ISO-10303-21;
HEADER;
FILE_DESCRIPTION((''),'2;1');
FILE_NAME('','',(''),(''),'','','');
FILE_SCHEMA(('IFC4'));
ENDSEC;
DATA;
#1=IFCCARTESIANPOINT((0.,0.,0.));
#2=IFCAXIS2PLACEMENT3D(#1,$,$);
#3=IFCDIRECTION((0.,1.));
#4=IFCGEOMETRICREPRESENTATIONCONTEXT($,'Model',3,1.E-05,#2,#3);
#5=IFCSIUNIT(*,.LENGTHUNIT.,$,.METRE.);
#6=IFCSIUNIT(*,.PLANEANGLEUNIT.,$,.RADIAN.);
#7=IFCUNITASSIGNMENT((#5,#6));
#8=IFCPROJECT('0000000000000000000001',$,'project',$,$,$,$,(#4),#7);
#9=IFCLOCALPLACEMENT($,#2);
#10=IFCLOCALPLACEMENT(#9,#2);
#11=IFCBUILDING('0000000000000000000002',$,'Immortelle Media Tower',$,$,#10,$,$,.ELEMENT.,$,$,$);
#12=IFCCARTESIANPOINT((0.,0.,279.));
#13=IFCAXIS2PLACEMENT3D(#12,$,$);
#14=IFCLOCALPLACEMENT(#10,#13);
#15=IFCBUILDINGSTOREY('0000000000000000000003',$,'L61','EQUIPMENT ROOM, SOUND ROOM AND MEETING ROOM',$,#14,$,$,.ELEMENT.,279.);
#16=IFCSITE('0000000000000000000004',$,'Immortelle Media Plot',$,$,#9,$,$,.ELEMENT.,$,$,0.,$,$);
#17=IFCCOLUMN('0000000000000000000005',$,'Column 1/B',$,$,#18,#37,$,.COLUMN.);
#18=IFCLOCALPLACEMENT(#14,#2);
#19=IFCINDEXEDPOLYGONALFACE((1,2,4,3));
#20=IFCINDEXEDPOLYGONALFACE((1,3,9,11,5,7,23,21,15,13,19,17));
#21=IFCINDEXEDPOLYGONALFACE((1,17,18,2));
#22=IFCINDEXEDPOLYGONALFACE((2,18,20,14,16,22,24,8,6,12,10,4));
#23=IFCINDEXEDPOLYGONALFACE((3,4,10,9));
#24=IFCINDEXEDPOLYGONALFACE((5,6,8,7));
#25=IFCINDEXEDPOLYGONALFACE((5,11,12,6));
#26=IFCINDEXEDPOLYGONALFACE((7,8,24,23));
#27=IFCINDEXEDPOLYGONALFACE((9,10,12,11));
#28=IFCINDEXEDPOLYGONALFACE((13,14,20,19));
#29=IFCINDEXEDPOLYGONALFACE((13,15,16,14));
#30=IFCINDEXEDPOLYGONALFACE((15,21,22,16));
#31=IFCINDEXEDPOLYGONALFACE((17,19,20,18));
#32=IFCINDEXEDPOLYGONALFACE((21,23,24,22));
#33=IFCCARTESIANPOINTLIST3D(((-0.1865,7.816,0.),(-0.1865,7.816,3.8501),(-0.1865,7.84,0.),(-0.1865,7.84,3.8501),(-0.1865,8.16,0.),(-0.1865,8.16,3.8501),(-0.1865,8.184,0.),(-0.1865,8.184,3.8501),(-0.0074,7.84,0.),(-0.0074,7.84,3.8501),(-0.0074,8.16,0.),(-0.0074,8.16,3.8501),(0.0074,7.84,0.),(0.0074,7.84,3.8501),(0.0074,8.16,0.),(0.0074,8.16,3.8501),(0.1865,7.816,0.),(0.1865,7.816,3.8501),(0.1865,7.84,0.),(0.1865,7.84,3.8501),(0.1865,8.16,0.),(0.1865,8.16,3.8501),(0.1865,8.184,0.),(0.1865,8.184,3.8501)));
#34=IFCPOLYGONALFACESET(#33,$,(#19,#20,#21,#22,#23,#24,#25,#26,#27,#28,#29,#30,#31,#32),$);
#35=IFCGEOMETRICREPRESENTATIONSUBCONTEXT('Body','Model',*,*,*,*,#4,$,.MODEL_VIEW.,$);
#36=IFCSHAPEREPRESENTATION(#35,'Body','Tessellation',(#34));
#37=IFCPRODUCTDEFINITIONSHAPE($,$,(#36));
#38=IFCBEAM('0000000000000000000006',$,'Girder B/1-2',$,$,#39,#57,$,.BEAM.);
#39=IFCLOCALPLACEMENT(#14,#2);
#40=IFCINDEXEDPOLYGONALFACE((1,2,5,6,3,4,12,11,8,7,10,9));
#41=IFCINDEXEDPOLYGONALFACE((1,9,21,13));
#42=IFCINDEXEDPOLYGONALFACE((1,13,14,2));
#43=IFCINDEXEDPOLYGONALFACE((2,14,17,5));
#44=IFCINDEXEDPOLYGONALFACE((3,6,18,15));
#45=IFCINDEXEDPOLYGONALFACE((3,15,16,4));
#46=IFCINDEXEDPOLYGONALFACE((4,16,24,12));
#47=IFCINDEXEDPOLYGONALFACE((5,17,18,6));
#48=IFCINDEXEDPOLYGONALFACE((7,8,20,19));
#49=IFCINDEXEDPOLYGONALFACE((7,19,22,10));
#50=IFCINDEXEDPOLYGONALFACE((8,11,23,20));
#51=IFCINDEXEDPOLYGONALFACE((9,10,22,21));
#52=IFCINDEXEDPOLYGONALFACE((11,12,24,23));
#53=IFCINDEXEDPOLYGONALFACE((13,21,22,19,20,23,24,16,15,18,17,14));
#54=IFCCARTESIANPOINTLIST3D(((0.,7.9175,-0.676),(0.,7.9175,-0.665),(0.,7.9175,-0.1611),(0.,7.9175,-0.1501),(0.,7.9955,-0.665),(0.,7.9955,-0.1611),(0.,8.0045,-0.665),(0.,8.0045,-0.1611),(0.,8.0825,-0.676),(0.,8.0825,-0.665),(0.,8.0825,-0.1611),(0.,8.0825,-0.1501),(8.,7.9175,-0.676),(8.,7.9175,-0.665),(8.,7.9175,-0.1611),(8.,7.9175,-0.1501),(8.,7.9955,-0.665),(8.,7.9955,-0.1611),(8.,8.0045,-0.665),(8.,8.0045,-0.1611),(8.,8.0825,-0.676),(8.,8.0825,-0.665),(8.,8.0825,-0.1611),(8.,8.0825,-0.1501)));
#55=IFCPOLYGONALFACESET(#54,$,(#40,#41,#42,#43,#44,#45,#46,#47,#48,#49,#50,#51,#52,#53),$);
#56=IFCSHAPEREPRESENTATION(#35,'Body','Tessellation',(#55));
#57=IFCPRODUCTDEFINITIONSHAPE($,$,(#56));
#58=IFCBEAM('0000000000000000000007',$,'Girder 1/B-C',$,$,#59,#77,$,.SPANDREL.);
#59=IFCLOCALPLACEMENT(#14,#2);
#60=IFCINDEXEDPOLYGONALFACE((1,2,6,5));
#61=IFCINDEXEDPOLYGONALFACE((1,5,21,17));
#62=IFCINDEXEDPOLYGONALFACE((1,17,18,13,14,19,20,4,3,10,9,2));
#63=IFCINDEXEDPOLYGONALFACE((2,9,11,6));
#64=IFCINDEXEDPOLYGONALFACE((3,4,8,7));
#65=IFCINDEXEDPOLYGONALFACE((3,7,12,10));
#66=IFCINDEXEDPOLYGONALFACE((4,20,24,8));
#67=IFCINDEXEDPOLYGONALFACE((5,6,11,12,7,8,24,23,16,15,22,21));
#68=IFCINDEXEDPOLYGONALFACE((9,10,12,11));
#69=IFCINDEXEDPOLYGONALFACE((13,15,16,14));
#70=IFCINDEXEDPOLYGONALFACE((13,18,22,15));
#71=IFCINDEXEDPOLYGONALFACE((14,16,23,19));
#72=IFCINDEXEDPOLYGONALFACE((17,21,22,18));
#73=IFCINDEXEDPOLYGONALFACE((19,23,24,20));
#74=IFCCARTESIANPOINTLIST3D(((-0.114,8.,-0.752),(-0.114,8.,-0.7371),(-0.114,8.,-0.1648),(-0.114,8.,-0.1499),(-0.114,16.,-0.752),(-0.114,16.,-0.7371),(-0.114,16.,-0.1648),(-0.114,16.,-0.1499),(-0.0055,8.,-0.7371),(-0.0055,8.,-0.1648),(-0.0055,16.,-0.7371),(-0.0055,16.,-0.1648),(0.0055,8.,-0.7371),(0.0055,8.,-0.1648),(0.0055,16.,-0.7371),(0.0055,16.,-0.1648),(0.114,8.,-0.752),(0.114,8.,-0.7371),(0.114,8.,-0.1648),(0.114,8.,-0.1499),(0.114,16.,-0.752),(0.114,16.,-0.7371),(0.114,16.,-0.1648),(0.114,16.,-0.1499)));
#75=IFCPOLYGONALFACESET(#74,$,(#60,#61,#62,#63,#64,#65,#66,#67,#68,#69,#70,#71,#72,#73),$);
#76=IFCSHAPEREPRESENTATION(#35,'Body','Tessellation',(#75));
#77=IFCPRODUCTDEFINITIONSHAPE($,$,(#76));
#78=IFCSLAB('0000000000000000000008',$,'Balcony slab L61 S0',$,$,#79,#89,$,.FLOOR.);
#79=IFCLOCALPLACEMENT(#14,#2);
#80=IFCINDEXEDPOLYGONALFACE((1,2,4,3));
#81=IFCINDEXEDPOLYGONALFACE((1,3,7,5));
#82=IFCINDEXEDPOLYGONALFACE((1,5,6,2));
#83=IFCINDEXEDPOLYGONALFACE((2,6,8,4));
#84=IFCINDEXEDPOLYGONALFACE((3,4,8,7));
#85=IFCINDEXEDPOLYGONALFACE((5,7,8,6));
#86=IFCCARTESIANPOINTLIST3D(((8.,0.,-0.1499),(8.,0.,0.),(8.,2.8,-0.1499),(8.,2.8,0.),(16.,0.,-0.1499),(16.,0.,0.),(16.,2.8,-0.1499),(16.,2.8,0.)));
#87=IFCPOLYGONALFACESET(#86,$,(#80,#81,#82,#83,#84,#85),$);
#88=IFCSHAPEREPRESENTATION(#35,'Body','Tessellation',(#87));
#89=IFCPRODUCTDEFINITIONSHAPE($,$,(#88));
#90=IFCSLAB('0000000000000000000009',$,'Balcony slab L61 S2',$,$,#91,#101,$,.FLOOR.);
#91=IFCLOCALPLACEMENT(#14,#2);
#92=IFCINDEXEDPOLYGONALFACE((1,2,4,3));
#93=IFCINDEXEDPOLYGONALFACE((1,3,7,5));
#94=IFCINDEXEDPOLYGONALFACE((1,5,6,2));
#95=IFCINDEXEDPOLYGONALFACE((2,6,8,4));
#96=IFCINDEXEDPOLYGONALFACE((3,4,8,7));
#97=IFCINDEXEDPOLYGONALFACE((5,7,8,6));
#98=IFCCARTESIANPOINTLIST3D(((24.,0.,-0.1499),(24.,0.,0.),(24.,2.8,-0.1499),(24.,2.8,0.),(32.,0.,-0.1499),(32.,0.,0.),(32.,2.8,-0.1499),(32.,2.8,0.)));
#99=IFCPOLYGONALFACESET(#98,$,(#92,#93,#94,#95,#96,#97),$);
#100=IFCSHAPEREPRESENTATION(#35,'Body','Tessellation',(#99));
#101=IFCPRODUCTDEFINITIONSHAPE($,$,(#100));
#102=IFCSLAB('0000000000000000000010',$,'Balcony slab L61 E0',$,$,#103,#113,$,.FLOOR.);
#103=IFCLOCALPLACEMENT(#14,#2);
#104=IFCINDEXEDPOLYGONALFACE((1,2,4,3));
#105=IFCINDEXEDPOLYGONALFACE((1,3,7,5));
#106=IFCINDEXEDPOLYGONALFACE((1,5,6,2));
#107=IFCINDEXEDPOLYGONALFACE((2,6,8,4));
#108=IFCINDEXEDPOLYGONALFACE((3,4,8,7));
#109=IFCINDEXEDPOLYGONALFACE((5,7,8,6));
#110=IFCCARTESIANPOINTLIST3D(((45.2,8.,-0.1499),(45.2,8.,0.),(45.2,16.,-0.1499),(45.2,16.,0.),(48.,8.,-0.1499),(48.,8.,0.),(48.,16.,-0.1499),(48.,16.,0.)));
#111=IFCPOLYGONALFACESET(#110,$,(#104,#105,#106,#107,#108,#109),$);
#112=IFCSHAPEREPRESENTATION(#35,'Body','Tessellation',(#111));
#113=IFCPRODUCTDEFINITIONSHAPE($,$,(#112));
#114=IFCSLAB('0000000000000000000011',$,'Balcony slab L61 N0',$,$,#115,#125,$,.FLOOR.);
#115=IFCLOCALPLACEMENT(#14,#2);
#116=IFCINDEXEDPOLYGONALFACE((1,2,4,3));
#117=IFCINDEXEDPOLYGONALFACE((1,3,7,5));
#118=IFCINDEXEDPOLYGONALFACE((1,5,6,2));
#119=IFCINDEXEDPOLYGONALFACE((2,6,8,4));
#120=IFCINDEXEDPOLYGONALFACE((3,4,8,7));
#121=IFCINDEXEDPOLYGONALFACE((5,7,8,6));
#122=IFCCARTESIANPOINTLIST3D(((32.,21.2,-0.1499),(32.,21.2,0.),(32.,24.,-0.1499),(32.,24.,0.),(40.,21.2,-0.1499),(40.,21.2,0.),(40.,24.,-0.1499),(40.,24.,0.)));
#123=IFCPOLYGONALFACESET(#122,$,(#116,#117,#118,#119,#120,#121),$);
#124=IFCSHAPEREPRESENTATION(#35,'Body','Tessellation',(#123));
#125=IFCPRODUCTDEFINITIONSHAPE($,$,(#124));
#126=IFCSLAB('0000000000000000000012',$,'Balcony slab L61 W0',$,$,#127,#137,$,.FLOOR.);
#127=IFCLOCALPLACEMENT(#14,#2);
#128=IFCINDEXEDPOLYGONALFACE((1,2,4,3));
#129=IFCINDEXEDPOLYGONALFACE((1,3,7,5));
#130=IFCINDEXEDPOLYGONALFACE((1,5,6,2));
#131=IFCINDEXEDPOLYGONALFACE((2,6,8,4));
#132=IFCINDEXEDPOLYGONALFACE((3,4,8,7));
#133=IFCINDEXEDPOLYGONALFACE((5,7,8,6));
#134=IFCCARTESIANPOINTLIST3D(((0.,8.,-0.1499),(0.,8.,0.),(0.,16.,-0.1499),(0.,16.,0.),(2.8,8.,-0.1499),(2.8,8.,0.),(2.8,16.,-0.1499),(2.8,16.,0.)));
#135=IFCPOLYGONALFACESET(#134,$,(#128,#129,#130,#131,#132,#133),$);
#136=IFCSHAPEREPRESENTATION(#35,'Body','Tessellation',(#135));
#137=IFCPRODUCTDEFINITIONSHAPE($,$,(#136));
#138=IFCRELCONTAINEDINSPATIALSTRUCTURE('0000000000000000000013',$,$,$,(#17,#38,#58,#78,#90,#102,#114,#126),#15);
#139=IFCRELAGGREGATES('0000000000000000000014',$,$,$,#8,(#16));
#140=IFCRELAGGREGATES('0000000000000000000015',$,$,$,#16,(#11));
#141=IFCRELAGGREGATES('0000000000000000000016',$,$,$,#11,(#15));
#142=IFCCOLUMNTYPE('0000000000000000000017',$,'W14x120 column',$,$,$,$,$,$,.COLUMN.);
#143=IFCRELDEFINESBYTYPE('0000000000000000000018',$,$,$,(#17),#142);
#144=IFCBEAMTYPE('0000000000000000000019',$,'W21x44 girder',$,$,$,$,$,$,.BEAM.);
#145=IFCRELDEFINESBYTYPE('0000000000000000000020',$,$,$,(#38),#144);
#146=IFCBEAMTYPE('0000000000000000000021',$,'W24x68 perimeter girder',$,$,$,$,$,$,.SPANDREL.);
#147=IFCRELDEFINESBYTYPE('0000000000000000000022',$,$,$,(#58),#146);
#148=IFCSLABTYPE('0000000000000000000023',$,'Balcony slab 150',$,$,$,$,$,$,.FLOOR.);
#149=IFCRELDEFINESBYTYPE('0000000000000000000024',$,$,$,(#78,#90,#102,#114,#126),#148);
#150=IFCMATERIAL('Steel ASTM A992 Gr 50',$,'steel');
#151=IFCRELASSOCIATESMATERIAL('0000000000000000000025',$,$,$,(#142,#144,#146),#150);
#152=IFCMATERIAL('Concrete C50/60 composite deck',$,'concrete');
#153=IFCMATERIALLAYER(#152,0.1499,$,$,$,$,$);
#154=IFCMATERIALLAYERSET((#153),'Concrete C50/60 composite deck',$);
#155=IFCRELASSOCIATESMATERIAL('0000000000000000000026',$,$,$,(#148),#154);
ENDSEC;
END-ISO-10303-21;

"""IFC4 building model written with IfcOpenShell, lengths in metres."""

from ifc_helpers import new_model, si_unit, direction, frame, origin, origin_2d, place, context, subcontext, project, spatial, polyline, i_section, outline, extrude, material, layer, layer_set, material_profile, profile_set, type_object, element, save


model = new_model("IFC4")

# Units and contexts
model_context = context("Model", 3, precision=1e-05, world=origin(), true_north=direction((0.0, 1.0)))
body_context = subcontext(model_context, "Body", "Model", "MODEL_VIEW")
ifc_project = project(units=[si_unit("LENGTHUNIT", "METRE"), si_unit("PLANEANGLEUNIT", "RADIAN")], contexts=[model_context])

# Site, building, storey
site_placement = place(None, origin())
site = spatial("IfcSite", under=ifc_project, at=site_placement, Name="Immortelle Media Plot", CompositionType="ELEMENT", RefElevation=0.0)
building_placement = place(site_placement, origin())
building = spatial("IfcBuilding", under=site, at=building_placement, Name="Immortelle Media Tower", CompositionType="ELEMENT")
storey_placement = place(building_placement, frame((0.0, 0.0, 279.0)))
storey = spatial("IfcBuildingStorey", under=building, at=storey_placement, Name="L61", Description="EQUIPMENT ROOM, SOUND ROOM AND MEETING ROOM", CompositionType="ELEMENT", Elevation=279.0)

# Column
ifc_material_1 = material(Name="Steel ASTM A992 Gr 50", Category="steel")
ifc_material_profile_1 = material_profile(ifc_material_1, i_section(OverallWidth=0.373, OverallDepth=0.3679, WebThickness=0.0149, FlangeThickness=0.0239, at=origin_2d()), Name="W14x120")
ifc_profile_set_1 = profile_set([ifc_material_profile_1], Name="Steel ASTM A992 Gr 50")
column_type = type_object("IfcColumnType", Name="W14x120 column", PredefinedType="COLUMN", material=ifc_profile_set_1)
column_placement = place(storey_placement, frame((0.0, 8.0, 0.0), z_axis=(0.0, 0.0, 1.0), x_axis=(1.0, 0.0, 0.0)))
element("IfcColumn", 1, at=column_placement, inside=storey, type_object=column_type, Name="Column 1/B", PredefinedType="COLUMN", context=body_context, shape_type="SweptSolid", body=[
    extrude(i_section(OverallWidth=0.373, OverallDepth=0.3679, WebThickness=0.0149, FlangeThickness=0.0239, at=origin_2d()), origin(), (0.0, 0.0, 1.0), 3.8501),
])

# Beams
ifc_material_profile_2 = material_profile(ifc_material_1, i_section(OverallWidth=0.165, OverallDepth=0.5259, WebThickness=0.009, FlangeThickness=0.011, at=origin_2d()), Name="W21x44")
ifc_profile_set_2 = profile_set([ifc_material_profile_2], Name="Steel ASTM A992 Gr 50")
beam_type_1 = type_object("IfcBeamType", Name="W21x44 girder", PredefinedType="BEAM", material=ifc_profile_set_2)
beam_1_placement = place(storey_placement, frame((0.0, 8.0, -0.4131), z_axis=(1.0, 0.0, 0.0), x_axis=(0.0, 1.0, 0.0)))
element("IfcBeam", 2, at=beam_1_placement, inside=storey, type_object=beam_type_1, Name="Girder B/1-2", PredefinedType="BEAM", context=body_context, shape_type="SweptSolid", body=[
    extrude(i_section(OverallWidth=0.165, OverallDepth=0.5259, WebThickness=0.009, FlangeThickness=0.011, at=origin_2d()), origin(), (0.0, 0.0, 1.0), 8.0),
])
ifc_material_profile_3 = material_profile(ifc_material_1, i_section(OverallWidth=0.228, OverallDepth=0.6021, WebThickness=0.011, FlangeThickness=0.0149, at=origin_2d()), Name="W24x68")
ifc_profile_set_3 = profile_set([ifc_material_profile_3], Name="Steel ASTM A992 Gr 50")
beam_type_2 = type_object("IfcBeamType", Name="W24x68 perimeter girder", PredefinedType="SPANDREL", material=ifc_profile_set_3)
beam_2_placement = place(storey_placement, frame((0.0, 8.0, -0.4509), z_axis=(0.0, 1.0, 0.0), x_axis=(-1.0, 0.0, 0.0)))
element("IfcBeam", 3, at=beam_2_placement, inside=storey, type_object=beam_type_2, Name="Girder 1/B-C", PredefinedType="SPANDREL", context=body_context, shape_type="SweptSolid", body=[
    extrude(i_section(OverallWidth=0.228, OverallDepth=0.6021, WebThickness=0.011, FlangeThickness=0.0149, at=origin_2d()), origin(), (0.0, 0.0, 1.0), 8.0),
])

# Slabs
ifc_material_2 = material(Name="Concrete C50/60 composite deck", Category="concrete")
ifc_layer_1 = layer(ifc_material_2, 0.1499)
ifc_layer_set_1 = layer_set([ifc_layer_1], Name="Concrete C50/60 composite deck")
slab_type_1 = type_object("IfcSlabType", Name="Balcony slab 150", PredefinedType="FLOOR", material=ifc_layer_set_1)
slab_1_placement = place(storey_placement, frame((0.0, 0.0, -0.1499)))
element("IfcSlab", 4, at=slab_1_placement, inside=storey, type_object=slab_type_1, Name="Balcony slab L61 S0", PredefinedType="FLOOR", context=body_context, shape_type="SweptSolid", body=[
    extrude(outline(polyline([(16.0, 0.0), (16.0, 2.8), (8.0, 2.8), (8.0, 0.0), (16.0, 0.0)])), origin(), (0.0, 0.0, 1.0), 0.1499),
])
slab_2_placement = place(storey_placement, frame((0.0, 0.0, -0.1499)))
element("IfcSlab", 5, at=slab_2_placement, inside=storey, type_object=slab_type_1, Name="Balcony slab L61 S2", PredefinedType="FLOOR", context=body_context, shape_type="SweptSolid", body=[
    extrude(outline(polyline([(32.0, 0.0), (32.0, 2.8), (24.0, 2.8), (24.0, 0.0), (32.0, 0.0)])), origin(), (0.0, 0.0, 1.0), 0.1499),
])
slab_3_placement = place(storey_placement, frame((0.0, 0.0, -0.1499)))
element("IfcSlab", 6, at=slab_3_placement, inside=storey, type_object=slab_type_1, Name="Balcony slab L61 E0", PredefinedType="FLOOR", context=body_context, shape_type="SweptSolid", body=[
    extrude(outline(polyline([(48.0, 8.0), (48.0, 16.0), (45.2, 16.0), (45.2, 8.0), (48.0, 8.0)])), origin(), (0.0, 0.0, 1.0), 0.1499),
])
slab_4_placement = place(storey_placement, frame((0.0, 0.0, -0.1499)))
element("IfcSlab", 7, at=slab_4_placement, inside=storey, type_object=slab_type_1, Name="Balcony slab L61 N0", PredefinedType="FLOOR", context=body_context, shape_type="SweptSolid", body=[
    extrude(outline(polyline([(40.0, 21.2), (40.0, 24.0), (32.0, 24.0), (32.0, 21.2), (40.0, 21.2)])), origin(), (0.0, 0.0, 1.0), 0.1499),
])
slab_5_placement = place(storey_placement, frame((0.0, 0.0, -0.1499)))
element("IfcSlab", 8, at=slab_5_placement, inside=storey, type_object=slab_type_1, Name="Balcony slab L61 W0", PredefinedType="FLOOR", context=body_context, shape_type="SweptSolid", body=[
    extrude(outline(polyline([(2.8, 8.0), (2.8, 16.0), (0.0, 16.0), (0.0, 8.0), (2.8, 8.0)])), origin(), (0.0, 0.0, 1.0), 0.1499),
])

save(model, "model.ifc")
